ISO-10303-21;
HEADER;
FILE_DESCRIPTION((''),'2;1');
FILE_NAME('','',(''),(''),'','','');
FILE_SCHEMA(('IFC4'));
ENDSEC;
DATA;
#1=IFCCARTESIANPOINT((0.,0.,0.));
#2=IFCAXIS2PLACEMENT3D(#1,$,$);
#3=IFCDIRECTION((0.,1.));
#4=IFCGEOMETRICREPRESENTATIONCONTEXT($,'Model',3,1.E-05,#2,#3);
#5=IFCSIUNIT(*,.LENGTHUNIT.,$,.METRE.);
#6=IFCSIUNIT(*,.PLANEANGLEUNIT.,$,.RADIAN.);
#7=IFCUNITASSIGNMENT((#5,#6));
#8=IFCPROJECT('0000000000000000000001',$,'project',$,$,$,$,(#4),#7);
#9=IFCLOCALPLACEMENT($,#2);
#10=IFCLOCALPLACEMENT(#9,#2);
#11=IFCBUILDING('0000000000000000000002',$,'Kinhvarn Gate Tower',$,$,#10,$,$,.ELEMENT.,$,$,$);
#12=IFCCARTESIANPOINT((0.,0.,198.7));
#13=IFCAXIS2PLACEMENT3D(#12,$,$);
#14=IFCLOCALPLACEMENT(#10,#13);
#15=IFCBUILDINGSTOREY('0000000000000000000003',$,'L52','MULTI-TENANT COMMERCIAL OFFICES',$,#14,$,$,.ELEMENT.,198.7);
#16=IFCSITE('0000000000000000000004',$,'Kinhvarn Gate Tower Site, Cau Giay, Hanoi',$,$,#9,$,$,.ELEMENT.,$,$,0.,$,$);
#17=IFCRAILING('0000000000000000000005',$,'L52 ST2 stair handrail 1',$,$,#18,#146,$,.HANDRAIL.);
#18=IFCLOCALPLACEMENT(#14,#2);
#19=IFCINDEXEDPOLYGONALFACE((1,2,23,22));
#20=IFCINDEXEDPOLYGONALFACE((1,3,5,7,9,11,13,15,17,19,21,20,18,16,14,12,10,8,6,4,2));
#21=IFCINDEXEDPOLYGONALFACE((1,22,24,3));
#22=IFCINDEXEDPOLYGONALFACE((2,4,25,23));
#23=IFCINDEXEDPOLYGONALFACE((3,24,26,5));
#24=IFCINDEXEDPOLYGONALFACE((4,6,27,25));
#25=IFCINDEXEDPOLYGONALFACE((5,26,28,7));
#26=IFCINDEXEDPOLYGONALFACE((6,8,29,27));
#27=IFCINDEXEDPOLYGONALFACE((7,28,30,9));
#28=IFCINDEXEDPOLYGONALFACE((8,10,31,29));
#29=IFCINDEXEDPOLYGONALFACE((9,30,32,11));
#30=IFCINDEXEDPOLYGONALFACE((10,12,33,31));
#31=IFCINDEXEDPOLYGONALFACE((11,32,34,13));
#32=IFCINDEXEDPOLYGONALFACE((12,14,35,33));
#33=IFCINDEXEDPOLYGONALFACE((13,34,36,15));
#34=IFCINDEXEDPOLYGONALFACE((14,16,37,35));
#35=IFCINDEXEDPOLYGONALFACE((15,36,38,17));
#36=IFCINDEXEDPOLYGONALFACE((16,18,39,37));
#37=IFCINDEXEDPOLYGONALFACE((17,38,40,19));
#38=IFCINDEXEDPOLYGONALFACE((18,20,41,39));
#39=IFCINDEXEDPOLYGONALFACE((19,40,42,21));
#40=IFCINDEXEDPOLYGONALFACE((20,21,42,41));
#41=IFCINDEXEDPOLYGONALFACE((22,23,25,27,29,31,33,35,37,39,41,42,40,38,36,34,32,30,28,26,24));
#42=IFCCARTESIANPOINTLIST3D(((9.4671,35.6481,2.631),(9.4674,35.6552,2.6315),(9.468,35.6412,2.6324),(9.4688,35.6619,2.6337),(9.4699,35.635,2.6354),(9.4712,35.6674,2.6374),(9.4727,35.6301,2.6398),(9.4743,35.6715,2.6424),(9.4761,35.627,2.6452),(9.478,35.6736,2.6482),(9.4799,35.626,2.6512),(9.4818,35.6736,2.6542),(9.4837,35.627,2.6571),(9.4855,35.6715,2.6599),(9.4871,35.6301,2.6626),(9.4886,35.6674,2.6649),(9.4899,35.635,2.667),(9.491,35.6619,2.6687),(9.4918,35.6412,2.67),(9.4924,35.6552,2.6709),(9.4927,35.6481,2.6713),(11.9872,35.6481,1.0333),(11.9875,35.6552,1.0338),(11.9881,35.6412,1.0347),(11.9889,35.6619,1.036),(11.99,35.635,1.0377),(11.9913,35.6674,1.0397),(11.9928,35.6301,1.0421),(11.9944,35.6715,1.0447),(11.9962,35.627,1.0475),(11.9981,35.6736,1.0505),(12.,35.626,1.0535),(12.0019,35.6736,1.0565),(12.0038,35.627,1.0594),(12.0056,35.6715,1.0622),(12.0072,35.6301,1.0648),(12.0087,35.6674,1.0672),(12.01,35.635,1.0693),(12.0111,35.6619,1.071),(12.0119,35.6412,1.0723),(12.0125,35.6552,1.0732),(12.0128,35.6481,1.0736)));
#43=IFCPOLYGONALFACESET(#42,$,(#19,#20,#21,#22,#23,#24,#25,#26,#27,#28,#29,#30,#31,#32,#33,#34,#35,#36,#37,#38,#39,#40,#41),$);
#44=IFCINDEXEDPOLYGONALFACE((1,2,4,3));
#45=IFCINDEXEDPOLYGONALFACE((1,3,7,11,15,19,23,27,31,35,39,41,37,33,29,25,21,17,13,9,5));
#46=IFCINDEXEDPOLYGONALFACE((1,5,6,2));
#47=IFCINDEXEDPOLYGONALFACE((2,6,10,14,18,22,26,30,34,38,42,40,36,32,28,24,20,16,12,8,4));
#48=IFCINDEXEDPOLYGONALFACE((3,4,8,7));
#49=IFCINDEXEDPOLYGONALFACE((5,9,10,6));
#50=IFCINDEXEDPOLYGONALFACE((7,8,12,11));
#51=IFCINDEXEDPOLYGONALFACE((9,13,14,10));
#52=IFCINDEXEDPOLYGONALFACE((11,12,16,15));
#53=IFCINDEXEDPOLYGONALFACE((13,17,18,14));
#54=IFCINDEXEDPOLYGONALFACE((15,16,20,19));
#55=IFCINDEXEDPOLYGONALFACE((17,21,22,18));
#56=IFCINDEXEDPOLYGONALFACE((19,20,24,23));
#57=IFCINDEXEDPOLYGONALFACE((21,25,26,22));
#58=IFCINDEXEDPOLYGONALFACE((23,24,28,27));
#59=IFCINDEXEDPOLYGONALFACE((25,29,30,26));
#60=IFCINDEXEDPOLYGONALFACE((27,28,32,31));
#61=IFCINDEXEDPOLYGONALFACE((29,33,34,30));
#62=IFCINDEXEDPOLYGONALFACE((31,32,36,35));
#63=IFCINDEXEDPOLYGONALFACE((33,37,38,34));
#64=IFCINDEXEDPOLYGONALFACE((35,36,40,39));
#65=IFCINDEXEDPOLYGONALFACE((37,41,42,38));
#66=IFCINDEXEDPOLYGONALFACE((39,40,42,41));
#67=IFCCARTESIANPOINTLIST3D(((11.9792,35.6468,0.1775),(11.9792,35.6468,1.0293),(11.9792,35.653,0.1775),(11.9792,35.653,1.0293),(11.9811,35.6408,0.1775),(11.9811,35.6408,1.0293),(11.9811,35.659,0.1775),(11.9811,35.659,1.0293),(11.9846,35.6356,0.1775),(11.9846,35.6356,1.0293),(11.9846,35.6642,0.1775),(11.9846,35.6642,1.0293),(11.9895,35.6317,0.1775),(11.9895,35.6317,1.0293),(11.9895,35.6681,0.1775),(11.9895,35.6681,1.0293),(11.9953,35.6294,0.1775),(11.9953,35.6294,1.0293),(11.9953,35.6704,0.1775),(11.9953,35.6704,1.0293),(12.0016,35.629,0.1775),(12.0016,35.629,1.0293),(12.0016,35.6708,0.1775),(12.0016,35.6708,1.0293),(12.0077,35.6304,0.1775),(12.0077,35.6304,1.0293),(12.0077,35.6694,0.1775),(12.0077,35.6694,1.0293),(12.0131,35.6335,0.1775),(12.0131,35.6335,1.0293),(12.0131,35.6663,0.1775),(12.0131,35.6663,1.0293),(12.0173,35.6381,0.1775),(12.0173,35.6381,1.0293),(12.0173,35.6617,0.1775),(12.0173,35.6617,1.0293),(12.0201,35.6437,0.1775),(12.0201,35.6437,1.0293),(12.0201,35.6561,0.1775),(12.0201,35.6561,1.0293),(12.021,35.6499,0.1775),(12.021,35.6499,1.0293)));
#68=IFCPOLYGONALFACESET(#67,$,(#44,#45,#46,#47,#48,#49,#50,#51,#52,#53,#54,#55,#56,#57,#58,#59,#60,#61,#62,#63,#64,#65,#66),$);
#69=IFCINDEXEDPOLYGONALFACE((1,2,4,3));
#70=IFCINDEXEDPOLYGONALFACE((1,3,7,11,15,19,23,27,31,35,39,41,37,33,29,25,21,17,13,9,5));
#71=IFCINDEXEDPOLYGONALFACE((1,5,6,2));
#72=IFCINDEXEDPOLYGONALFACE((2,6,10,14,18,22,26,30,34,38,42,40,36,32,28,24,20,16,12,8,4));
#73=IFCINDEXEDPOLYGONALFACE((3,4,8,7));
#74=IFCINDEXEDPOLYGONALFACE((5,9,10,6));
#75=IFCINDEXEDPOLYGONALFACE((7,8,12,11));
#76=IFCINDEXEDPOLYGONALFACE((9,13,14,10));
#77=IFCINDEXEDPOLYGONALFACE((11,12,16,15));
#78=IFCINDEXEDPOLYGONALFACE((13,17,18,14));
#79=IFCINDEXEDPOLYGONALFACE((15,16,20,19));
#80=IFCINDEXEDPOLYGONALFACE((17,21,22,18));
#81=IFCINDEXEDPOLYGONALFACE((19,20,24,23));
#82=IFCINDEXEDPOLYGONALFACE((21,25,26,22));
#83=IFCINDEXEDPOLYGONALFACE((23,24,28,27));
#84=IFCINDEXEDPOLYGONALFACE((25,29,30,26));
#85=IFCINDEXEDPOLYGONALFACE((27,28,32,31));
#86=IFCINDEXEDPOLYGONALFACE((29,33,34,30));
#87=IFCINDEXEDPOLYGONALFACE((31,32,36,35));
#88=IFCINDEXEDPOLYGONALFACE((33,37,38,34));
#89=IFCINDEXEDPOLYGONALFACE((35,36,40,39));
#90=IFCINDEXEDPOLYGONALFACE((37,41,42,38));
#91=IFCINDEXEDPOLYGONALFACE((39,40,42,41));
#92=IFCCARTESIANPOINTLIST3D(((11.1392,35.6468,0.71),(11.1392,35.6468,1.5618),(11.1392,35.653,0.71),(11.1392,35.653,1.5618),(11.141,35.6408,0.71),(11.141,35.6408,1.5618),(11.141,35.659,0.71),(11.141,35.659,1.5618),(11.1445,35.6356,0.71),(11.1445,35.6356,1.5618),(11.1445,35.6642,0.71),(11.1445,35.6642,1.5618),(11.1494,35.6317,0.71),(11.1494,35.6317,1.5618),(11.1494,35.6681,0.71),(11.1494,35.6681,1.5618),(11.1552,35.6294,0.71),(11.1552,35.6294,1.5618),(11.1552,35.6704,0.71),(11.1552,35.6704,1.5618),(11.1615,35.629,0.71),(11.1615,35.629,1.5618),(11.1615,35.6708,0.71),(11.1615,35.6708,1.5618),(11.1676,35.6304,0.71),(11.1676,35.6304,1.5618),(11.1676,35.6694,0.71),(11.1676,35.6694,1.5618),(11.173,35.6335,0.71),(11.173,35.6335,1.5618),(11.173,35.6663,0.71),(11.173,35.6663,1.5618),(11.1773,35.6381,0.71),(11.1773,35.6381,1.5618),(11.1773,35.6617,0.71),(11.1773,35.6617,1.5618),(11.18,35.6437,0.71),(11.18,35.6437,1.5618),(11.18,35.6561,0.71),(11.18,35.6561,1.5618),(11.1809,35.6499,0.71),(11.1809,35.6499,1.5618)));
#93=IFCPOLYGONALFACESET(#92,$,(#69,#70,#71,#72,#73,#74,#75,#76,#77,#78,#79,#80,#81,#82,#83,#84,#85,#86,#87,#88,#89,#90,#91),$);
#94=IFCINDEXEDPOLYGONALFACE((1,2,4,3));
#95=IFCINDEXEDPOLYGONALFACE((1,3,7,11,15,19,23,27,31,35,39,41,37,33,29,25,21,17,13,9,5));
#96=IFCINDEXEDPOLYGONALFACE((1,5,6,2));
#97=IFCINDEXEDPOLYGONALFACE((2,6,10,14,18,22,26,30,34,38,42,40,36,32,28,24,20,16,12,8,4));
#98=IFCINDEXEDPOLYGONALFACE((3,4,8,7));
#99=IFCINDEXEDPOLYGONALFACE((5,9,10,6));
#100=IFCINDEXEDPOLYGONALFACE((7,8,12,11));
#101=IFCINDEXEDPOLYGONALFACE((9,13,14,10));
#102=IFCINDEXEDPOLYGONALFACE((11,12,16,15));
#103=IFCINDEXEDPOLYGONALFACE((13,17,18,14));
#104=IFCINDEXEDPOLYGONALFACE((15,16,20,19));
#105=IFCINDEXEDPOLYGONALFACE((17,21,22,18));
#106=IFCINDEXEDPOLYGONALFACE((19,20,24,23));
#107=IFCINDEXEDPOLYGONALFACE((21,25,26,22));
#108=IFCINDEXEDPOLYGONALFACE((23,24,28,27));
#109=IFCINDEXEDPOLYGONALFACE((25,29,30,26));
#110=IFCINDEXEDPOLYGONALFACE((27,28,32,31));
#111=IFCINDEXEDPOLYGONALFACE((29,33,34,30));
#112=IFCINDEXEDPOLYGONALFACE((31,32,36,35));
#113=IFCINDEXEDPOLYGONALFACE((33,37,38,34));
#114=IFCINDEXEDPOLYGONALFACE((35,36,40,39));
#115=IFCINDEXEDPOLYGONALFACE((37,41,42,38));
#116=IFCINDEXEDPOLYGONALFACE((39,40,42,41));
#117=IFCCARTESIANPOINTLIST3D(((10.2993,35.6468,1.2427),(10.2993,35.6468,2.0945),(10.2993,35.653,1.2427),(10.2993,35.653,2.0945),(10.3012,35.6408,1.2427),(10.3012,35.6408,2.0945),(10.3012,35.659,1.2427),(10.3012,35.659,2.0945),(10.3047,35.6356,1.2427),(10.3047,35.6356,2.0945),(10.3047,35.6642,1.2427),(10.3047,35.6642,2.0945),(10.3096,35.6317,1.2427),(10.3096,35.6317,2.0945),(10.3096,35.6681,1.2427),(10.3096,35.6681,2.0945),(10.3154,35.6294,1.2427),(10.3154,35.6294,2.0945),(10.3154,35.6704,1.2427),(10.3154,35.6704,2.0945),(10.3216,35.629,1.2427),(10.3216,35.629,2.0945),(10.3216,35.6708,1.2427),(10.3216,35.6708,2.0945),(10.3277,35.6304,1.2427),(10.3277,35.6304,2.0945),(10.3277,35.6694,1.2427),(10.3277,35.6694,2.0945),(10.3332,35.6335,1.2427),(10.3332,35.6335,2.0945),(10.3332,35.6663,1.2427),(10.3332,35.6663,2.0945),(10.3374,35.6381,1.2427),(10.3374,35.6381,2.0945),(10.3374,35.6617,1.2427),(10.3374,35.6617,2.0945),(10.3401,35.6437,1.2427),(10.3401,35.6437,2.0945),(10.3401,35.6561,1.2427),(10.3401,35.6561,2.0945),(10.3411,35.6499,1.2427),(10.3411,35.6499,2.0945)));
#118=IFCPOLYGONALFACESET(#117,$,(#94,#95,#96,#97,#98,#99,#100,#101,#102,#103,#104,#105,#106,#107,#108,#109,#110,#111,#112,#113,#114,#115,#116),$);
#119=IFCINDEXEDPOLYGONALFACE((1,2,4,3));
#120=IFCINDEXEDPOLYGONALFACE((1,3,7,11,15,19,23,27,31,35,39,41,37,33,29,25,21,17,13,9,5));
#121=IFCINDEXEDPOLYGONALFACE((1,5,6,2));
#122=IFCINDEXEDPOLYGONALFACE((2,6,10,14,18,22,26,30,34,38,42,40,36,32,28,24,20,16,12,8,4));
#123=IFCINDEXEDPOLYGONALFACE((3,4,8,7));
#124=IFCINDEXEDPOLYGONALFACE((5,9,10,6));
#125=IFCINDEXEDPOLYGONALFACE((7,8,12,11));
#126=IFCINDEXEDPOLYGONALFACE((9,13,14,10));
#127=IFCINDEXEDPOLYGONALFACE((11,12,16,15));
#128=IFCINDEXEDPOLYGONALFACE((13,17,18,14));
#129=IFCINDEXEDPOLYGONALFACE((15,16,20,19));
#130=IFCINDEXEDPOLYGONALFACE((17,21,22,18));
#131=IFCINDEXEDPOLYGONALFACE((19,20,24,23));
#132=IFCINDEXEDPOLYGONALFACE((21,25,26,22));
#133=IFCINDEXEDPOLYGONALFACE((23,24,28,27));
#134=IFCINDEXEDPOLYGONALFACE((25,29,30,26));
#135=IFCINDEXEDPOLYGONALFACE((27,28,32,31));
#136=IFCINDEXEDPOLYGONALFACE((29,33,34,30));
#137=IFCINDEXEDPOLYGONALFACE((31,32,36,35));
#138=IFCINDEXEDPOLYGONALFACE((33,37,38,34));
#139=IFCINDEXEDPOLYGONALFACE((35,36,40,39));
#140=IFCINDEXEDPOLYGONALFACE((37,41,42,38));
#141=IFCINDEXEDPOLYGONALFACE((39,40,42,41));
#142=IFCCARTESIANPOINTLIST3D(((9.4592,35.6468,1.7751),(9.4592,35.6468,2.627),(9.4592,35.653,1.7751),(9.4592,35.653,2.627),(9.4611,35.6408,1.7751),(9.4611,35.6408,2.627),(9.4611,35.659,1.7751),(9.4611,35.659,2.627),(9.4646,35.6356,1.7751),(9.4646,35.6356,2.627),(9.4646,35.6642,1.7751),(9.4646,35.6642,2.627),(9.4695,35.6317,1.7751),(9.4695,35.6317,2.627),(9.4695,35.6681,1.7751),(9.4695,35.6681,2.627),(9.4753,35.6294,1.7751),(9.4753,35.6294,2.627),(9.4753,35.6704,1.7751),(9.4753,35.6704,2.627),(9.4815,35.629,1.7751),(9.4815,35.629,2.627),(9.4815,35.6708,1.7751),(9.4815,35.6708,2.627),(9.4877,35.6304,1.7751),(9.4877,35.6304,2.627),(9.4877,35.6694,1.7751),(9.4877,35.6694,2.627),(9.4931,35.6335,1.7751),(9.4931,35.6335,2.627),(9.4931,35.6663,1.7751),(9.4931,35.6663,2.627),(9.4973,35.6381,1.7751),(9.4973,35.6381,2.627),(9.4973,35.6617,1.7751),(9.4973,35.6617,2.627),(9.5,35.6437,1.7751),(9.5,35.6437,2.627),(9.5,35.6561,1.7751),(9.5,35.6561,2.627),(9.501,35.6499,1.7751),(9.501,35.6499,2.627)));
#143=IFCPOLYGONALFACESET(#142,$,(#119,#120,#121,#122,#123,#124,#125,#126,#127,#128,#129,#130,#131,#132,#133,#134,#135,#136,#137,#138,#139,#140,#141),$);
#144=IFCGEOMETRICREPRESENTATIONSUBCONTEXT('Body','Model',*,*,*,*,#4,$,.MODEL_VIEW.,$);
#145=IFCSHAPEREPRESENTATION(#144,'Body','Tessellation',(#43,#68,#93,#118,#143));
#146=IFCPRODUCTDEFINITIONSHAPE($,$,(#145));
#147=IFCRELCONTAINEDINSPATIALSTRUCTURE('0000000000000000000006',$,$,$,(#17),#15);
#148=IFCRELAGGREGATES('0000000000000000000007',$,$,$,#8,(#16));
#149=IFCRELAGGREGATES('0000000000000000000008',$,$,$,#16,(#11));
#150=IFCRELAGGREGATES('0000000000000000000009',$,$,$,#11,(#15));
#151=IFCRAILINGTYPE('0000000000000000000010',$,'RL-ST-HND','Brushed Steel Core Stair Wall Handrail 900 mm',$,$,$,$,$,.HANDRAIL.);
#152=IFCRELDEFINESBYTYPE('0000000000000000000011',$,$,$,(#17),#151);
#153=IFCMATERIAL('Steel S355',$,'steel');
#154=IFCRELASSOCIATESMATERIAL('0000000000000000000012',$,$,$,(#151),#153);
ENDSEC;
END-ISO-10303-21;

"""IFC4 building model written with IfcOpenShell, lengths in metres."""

from ifc_helpers import new_model, si_unit, direction, frame, origin, origin_2d, place, context, subcontext, project, spatial, circle, extrude, material, type_object, element, save


model = new_model("IFC4")

# Units and contexts
model_context = context("Model", 3, precision=1e-05, world=origin(), true_north=direction((0.0, 1.0)))
body_context = subcontext(model_context, "Body", "Model", "MODEL_VIEW")
ifc_project = project(units=[si_unit("LENGTHUNIT", "METRE"), si_unit("PLANEANGLEUNIT", "RADIAN")], contexts=[model_context])

# Site, building, storey
site_placement = place(None, origin())
site = spatial("IfcSite", under=ifc_project, at=site_placement, Name="Kinhvarn Gate Tower Site, Cau Giay, Hanoi", CompositionType="ELEMENT", RefElevation=0.0)
building_placement = place(site_placement, origin())
building = spatial("IfcBuilding", under=site, at=building_placement, Name="Kinhvarn Gate Tower", CompositionType="ELEMENT")
storey_placement = place(building_placement, frame((0.0, 0.0, 198.7)))
storey = spatial("IfcBuildingStorey", under=building, at=storey_placement, Name="L52", Description="MULTI-TENANT COMMERCIAL OFFICES", CompositionType="ELEMENT", Elevation=198.7)

# Shared definitions
ifc_material_1 = material(Name="Steel S355", Category="steel")

# Railing
railing_type_1 = type_object("IfcRailingType", Name="RL-ST-HND", Description="Brushed Steel Core Stair Wall Handrail 900 mm", PredefinedType="HANDRAIL", material=ifc_material_1)
railing_1_placement = place(storey_placement, frame((12.0, 35.6499, 0.1775)))
element("IfcRailing", 1, at=railing_1_placement, inside=storey, type_object=railing_type_1, Name="L52 ST2 stair handrail 1", PredefinedType="HANDRAIL", context=body_context, shape_type="SweptSolid", body=[
    extrude(circle(Radius=0.0239, at=origin_2d()), frame((0.0, 0.0, 0.876), z_axis=(-0.84457, 0.0, 0.535445), x_axis=(0.0, -1.0, 0.0)), (0.0, 0.0, 1.0), 2.9839),
    extrude(circle(Radius=0.021, at=origin_2d()), origin(), (0.0, 0.0, 1.0), 0.8518),
    extrude(circle(Radius=0.021, at=origin_2d()), frame((-0.8401, 0.0, 0.5325)), (0.0, 0.0, 1.0), 0.8518),
    extrude(circle(Radius=0.021, at=origin_2d()), frame((-1.6799, 0.0, 1.0652)), (0.0, 0.0, 1.0), 0.8518),
    extrude(circle(Radius=0.021, at=origin_2d()), frame((-2.52, 0.0, 1.5977)), (0.0, 0.0, 1.0), 0.8518),
])

save(model, "model.ifc")
